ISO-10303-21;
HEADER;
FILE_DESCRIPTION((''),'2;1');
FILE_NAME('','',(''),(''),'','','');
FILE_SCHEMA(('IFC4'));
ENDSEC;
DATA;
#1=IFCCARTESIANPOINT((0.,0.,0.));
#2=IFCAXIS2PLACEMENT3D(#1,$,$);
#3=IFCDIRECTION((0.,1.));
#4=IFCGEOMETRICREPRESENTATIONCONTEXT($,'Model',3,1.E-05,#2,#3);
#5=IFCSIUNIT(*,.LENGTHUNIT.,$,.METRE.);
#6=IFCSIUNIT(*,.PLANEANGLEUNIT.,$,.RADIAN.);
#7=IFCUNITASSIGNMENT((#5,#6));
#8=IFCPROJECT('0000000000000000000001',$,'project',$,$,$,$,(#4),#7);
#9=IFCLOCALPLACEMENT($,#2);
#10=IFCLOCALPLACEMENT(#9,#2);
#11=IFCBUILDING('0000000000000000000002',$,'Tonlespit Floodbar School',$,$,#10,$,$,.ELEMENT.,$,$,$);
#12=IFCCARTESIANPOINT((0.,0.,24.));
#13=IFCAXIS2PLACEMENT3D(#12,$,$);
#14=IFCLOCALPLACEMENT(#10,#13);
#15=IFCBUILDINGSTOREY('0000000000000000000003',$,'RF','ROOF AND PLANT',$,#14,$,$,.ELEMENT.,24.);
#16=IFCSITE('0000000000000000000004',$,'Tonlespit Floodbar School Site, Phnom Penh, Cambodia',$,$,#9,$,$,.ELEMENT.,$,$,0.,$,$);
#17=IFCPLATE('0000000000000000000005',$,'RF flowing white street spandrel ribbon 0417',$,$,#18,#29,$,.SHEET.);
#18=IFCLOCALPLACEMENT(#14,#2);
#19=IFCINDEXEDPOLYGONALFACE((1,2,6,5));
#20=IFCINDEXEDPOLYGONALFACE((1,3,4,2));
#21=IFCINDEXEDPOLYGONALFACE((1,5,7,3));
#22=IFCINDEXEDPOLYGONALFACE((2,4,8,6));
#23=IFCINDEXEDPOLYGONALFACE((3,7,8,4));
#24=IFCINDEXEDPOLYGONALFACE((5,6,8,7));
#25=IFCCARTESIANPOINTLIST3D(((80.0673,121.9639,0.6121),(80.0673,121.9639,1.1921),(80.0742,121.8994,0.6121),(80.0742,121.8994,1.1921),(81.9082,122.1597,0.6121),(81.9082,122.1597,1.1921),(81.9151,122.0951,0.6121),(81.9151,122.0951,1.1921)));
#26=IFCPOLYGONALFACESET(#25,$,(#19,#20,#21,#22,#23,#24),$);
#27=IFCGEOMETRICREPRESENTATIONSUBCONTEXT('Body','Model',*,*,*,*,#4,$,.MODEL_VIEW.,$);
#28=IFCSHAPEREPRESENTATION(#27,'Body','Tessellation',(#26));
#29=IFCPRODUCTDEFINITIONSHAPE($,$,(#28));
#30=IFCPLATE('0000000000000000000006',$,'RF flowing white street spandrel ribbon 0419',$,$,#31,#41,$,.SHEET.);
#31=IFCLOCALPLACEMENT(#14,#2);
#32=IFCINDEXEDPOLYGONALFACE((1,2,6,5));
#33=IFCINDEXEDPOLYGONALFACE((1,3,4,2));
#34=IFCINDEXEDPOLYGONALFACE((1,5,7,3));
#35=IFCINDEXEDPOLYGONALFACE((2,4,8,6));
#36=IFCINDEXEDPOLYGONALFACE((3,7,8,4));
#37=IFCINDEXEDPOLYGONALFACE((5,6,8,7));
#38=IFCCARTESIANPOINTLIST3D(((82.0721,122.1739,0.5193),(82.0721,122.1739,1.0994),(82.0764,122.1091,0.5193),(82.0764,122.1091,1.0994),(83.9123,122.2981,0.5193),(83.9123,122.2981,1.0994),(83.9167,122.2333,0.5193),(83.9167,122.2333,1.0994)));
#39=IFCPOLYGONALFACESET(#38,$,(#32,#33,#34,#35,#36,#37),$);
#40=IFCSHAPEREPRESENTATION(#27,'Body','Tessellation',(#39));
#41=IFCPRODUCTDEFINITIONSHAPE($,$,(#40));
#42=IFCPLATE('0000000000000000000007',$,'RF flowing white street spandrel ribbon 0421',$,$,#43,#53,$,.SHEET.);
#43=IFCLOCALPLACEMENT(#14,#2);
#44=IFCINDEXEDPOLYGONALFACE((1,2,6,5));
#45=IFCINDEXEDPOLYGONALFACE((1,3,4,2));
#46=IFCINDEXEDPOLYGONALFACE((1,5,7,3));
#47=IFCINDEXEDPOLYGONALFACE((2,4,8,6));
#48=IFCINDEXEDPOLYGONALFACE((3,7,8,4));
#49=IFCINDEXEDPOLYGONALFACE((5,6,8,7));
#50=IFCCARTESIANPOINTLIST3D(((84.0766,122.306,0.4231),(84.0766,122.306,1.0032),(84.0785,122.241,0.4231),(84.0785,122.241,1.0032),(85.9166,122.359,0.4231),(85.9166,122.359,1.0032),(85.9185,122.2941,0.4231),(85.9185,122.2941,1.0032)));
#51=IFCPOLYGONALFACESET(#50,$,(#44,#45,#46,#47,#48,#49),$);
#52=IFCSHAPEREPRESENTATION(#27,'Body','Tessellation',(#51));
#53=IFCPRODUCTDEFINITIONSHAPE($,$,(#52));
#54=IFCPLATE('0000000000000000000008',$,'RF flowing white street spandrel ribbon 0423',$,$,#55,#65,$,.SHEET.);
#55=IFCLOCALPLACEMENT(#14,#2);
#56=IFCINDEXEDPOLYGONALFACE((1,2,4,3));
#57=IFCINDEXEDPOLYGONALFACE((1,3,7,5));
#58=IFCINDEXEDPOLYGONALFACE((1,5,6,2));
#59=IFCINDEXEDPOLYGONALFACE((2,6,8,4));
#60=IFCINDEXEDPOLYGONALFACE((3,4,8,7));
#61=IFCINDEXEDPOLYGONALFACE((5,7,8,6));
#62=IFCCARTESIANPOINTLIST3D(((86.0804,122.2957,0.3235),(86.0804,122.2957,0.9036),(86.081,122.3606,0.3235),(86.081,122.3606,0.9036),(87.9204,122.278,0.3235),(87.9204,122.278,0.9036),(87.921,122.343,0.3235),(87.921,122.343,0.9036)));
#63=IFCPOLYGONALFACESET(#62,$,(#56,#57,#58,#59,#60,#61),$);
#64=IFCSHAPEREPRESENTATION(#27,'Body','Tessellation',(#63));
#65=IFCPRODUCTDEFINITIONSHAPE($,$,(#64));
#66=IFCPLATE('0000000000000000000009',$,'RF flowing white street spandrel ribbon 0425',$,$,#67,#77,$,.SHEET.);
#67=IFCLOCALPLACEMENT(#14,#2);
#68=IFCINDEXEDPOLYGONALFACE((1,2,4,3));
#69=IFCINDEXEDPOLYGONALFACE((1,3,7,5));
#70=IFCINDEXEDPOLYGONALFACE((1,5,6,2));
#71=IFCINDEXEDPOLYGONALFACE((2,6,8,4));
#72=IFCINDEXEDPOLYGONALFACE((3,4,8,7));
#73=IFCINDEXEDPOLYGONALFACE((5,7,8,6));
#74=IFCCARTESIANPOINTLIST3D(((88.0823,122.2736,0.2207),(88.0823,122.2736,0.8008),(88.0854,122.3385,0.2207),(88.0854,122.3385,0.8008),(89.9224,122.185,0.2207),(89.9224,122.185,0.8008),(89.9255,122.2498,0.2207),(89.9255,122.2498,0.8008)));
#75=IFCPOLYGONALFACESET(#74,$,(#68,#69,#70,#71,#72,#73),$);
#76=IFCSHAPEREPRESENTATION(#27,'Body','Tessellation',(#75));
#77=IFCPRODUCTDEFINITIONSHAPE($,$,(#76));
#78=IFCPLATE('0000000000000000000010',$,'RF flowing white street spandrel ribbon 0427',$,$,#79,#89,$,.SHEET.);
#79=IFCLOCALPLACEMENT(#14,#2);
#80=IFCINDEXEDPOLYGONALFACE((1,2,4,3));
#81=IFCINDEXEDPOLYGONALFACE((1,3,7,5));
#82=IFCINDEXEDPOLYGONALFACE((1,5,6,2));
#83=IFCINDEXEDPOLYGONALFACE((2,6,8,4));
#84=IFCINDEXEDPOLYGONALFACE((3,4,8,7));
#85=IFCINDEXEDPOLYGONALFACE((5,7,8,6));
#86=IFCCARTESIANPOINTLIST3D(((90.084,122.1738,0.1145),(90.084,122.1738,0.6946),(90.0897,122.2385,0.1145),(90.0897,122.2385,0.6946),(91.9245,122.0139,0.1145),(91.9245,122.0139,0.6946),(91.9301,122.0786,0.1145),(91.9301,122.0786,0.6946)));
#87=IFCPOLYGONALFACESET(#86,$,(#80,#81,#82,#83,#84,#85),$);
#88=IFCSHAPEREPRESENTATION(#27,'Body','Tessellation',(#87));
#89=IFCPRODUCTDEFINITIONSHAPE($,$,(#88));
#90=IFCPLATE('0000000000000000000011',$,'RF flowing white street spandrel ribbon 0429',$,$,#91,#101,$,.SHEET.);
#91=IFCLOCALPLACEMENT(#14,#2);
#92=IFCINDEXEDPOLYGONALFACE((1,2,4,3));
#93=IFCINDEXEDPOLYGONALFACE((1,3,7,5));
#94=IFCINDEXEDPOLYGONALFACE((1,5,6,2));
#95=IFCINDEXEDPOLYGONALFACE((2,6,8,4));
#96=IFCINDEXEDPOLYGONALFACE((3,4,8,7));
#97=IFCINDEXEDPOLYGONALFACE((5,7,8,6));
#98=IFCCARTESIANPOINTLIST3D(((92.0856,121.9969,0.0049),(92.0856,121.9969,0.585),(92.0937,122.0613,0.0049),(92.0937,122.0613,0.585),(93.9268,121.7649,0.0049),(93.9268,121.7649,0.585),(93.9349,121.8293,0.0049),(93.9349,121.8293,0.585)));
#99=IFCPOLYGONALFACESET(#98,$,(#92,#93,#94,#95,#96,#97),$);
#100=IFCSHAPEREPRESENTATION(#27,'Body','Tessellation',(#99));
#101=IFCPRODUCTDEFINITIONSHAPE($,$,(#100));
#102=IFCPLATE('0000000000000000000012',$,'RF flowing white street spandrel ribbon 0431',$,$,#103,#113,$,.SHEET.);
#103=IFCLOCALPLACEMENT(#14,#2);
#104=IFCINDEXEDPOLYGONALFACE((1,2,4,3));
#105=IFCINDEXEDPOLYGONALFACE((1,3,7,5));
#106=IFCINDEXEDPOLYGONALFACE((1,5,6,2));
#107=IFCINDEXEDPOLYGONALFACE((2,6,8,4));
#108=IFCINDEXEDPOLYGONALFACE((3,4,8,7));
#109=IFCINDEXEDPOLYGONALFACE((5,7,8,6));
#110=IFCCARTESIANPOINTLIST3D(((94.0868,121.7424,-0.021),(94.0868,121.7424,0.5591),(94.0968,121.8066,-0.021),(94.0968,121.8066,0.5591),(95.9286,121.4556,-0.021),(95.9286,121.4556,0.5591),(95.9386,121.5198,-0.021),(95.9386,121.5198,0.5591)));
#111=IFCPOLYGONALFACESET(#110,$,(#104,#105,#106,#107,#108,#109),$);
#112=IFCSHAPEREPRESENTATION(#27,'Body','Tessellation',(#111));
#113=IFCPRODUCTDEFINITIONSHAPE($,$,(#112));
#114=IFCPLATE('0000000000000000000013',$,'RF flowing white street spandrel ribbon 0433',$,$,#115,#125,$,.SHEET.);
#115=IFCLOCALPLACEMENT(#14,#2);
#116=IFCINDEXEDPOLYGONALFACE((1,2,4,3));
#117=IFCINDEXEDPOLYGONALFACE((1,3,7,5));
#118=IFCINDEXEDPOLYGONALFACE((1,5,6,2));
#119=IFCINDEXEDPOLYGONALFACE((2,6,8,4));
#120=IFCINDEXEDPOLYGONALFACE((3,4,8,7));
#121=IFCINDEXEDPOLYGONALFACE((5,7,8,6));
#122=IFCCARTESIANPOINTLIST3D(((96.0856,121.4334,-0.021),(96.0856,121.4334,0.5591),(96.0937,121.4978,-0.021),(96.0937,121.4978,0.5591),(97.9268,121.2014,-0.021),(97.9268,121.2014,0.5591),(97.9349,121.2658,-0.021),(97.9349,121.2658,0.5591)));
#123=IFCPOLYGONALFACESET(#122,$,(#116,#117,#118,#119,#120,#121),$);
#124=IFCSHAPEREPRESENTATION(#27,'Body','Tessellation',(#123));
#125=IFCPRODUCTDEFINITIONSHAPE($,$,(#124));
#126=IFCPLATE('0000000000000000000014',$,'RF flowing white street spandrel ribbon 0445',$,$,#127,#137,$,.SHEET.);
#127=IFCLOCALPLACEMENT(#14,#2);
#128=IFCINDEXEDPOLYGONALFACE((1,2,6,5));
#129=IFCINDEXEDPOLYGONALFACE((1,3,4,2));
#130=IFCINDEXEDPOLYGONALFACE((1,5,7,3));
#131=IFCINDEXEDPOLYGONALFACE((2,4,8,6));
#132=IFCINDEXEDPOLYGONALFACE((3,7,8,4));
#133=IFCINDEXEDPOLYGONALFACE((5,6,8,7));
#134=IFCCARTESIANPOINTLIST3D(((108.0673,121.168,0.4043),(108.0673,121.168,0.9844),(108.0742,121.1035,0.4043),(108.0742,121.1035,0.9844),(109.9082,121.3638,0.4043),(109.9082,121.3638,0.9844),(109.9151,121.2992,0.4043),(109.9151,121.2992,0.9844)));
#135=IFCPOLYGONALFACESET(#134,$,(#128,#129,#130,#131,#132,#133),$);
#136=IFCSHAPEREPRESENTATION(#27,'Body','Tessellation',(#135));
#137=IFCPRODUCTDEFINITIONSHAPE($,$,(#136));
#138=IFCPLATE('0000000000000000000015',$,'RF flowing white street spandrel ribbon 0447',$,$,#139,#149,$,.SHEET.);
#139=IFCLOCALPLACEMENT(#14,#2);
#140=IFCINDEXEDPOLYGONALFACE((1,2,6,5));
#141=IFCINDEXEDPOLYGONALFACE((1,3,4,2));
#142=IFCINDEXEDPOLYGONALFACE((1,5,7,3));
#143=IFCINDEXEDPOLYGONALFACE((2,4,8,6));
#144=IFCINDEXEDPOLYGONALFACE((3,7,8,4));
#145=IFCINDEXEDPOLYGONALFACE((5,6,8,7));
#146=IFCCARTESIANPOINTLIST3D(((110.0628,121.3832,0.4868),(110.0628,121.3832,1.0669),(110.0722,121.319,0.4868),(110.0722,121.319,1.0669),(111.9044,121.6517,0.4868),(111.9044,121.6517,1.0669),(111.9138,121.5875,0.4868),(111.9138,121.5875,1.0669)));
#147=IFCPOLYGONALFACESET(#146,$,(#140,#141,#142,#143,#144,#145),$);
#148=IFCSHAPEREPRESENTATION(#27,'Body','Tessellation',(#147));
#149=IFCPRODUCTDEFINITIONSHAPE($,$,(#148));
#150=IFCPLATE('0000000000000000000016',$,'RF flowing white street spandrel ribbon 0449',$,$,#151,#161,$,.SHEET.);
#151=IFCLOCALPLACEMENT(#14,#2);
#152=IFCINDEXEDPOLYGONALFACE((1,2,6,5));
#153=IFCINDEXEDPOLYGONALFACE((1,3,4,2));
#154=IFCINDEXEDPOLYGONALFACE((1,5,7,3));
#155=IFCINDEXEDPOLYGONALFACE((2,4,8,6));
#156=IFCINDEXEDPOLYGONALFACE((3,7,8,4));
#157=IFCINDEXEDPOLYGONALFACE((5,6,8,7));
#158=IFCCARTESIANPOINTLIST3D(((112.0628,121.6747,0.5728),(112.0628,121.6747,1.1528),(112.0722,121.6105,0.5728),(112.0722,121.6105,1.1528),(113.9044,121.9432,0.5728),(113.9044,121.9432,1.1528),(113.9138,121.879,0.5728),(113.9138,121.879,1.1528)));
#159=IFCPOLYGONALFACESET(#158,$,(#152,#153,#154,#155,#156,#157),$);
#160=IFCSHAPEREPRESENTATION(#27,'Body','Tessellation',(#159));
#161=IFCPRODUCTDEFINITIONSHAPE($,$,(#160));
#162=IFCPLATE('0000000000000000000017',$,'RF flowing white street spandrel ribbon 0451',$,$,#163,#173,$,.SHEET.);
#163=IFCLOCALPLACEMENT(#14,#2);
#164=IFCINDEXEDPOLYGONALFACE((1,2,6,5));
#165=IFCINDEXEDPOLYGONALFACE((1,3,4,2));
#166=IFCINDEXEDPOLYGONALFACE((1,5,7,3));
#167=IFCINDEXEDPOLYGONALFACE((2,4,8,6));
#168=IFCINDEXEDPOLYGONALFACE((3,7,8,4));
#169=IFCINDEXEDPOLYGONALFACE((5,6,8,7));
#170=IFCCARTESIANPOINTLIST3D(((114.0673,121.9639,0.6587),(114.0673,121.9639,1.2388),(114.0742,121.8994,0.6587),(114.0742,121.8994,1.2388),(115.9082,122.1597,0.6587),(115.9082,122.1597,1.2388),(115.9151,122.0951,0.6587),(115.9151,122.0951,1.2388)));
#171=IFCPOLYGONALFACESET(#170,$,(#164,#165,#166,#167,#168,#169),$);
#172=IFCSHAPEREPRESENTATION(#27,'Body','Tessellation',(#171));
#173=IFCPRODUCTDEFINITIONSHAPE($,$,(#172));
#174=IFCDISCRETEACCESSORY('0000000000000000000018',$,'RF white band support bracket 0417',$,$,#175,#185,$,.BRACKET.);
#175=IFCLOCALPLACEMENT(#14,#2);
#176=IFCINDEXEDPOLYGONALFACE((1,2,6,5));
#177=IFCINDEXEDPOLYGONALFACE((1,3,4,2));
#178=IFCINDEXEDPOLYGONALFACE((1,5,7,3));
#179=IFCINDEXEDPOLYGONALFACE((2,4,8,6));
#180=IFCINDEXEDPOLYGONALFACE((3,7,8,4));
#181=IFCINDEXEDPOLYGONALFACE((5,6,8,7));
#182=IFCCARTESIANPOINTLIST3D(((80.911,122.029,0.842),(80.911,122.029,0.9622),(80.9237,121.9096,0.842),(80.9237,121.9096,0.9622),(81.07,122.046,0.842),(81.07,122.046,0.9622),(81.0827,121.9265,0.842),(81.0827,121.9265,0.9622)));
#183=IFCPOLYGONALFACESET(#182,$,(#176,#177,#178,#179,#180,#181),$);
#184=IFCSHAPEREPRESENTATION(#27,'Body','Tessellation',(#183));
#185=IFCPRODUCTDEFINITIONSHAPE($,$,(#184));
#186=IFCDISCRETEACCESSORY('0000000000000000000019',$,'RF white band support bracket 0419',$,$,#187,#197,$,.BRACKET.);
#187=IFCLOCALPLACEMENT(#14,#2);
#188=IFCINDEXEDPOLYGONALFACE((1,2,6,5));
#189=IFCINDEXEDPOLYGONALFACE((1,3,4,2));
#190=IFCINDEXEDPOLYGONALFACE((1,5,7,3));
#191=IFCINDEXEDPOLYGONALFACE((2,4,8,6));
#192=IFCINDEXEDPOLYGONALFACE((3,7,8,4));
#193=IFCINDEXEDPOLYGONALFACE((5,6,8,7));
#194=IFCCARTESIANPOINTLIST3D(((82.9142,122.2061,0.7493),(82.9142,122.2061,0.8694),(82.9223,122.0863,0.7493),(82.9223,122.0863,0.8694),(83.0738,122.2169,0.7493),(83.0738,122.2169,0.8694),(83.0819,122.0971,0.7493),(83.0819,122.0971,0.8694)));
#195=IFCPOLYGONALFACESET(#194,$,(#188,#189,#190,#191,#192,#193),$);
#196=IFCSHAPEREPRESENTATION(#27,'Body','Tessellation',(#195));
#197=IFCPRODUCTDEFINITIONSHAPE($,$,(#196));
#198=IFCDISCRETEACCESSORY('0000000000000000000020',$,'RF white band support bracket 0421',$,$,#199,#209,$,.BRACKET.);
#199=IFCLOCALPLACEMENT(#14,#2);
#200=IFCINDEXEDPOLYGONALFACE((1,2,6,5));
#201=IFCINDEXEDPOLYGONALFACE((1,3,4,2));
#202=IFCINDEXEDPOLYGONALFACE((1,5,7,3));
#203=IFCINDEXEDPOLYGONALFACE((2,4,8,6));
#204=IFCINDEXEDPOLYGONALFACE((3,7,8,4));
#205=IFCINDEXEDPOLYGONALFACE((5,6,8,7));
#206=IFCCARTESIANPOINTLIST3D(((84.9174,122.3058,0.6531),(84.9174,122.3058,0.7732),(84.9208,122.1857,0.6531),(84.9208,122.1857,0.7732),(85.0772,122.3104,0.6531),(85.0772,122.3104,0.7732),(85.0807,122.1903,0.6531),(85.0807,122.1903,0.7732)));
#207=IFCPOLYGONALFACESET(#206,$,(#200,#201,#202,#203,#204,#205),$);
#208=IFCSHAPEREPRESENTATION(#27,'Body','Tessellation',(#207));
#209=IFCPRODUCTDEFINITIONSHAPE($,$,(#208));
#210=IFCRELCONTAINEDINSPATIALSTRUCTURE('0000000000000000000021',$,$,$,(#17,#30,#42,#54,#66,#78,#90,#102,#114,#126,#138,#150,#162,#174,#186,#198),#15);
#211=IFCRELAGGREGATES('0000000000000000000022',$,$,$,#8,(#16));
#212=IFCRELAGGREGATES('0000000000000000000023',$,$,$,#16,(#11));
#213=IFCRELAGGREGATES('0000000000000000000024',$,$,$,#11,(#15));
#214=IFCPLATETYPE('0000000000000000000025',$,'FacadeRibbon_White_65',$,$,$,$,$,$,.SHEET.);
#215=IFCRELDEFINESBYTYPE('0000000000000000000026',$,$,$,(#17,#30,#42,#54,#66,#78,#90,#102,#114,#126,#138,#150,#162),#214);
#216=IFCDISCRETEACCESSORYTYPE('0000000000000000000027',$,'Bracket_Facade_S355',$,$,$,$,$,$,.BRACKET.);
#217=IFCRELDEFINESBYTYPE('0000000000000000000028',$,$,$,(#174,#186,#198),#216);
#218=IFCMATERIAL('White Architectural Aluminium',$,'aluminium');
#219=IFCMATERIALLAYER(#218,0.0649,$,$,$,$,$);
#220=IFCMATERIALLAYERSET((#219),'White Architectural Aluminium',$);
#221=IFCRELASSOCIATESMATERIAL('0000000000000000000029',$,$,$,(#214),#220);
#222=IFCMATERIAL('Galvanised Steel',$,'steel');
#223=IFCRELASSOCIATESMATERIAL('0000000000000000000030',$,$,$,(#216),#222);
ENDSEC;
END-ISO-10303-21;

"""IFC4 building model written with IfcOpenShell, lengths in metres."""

from ifc_helpers import new_model, si_unit, direction, frame, origin, origin_2d, place, context, subcontext, project, spatial, rectangle, extrude, material, layer, layer_set, type_object, element, save


model = new_model("IFC4")

# Units and contexts
model_context = context("Model", 3, precision=1e-05, world=origin(), true_north=direction((0.0, 1.0)))
body_context = subcontext(model_context, "Body", "Model", "MODEL_VIEW")
ifc_project = project(units=[si_unit("LENGTHUNIT", "METRE"), si_unit("PLANEANGLEUNIT", "RADIAN")], contexts=[model_context])

# Site, building, storey
site_placement = place(None, origin())
site = spatial("IfcSite", under=ifc_project, at=site_placement, Name="Tonlespit Floodbar School Site, Phnom Penh, Cambodia", CompositionType="ELEMENT", RefElevation=0.0)
building_placement = place(site_placement, origin())
building = spatial("IfcBuilding", under=site, at=building_placement, Name="Tonlespit Floodbar School", CompositionType="ELEMENT")
storey_placement = place(building_placement, frame((0.0, 0.0, 24.0)))
storey = spatial("IfcBuildingStorey", under=building, at=storey_placement, Name="RF", Description="ROOF AND PLANT", CompositionType="ELEMENT", Elevation=24.0)

# Plates
ifc_material_1 = material(Name="White Architectural Aluminium", Category="aluminium")
ifc_layer = layer(ifc_material_1, 0.0649)
ifc_layer_set = layer_set([ifc_layer], Name="White Architectural Aluminium")
plate_type = type_object("IfcPlateType", Name="FacadeRibbon_White_65", PredefinedType="SHEET", material=ifc_layer_set)
plate_1_placement = place(storey_placement, frame((80.9912, 122.0295, 0.6121), z_axis=(0.0, 0.0, 1.0), x_axis=(0.994392, 0.105754, 0.0)))
element("IfcPlate", 1, at=plate_1_placement, inside=storey, type_object=plate_type, Name="RF flowing white street spandrel ribbon 0417", PredefinedType="SHEET", context=body_context, shape_type="SweptSolid", body=[
    extrude(rectangle(XDim=1.8513, YDim=0.0649, at=origin_2d()), origin(), (0.0, 0.0, 1.0), 0.5801),
])
plate_2_placement = place(storey_placement, frame((82.9944, 122.2036, 0.5193), z_axis=(0.0, 0.0, 1.0), x_axis=(0.99773, 0.067347, 0.0)))
element("IfcPlate", 2, at=plate_2_placement, inside=storey, type_object=plate_type, Name="RF flowing white street spandrel ribbon 0419", PredefinedType="SHEET", context=body_context, shape_type="SweptSolid", body=[
    extrude(rectangle(XDim=1.8445, YDim=0.0649, at=origin_2d()), origin(), (0.0, 0.0, 1.0), 0.5801),
])
plate_3_placement = place(storey_placement, frame((84.9976, 122.3, 0.4231), z_axis=(0.0, 0.0, 1.0), x_axis=(0.999584, 0.028838, 0.0)))
element("IfcPlate", 3, at=plate_3_placement, inside=storey, type_object=plate_type, Name="RF flowing white street spandrel ribbon 0421", PredefinedType="SHEET", context=body_context, shape_type="SweptSolid", body=[
    extrude(rectangle(XDim=1.8408, YDim=0.0649, at=origin_2d()), origin(), (0.0, 0.0, 1.0), 0.5801),
])
plate_4_placement = place(storey_placement, frame((87.0007, 122.3193, 0.3235), z_axis=(0.0, 0.0, 1.0), x_axis=(0.999954, -0.009599, 0.0)))
element("IfcPlate", 4, at=plate_4_placement, inside=storey, type_object=plate_type, Name="RF flowing white street spandrel ribbon 0423", PredefinedType="SHEET", context=body_context, shape_type="SweptSolid", body=[
    extrude(rectangle(XDim=1.8401, YDim=0.0649, at=origin_2d()), origin(), (0.0, 0.0, 1.0), 0.5801),
])
plate_5_placement = place(storey_placement, frame((89.0039, 122.2617, 0.2207), z_axis=(0.0, 0.0, 1.0), x_axis=(0.998843, -0.048095, 0.0)))
element("IfcPlate", 5, at=plate_5_placement, inside=storey, type_object=plate_type, Name="RF flowing white street spandrel ribbon 0425", PredefinedType="SHEET", context=body_context, shape_type="SweptSolid", body=[
    extrude(rectangle(XDim=1.8423, YDim=0.0649, at=origin_2d()), origin(), (0.0, 0.0, 1.0), 0.5801),
])
plate_6_placement = place(storey_placement, frame((91.0071, 122.1262, 0.1145), z_axis=(0.0, 0.0, 1.0), x_axis=(0.996245, -0.086573, 0.0)))
element("IfcPlate", 6, at=plate_6_placement, inside=storey, type_object=plate_type, Name="RF flowing white street spandrel ribbon 0427", PredefinedType="SHEET", context=body_context, shape_type="SweptSolid", body=[
    extrude(rectangle(XDim=1.8474, YDim=0.0649, at=origin_2d()), origin(), (0.0, 0.0, 1.0), 0.5801),
])
plate_7_placement = place(storey_placement, frame((93.0103, 121.9131, 0.0049), z_axis=(0.0, 0.0, 1.0), x_axis=(0.992155, -0.125011, 0.0)))
element("IfcPlate", 7, at=plate_7_placement, inside=storey, type_object=plate_type, Name="RF flowing white street spandrel ribbon 0429", PredefinedType="SHEET", context=body_context, shape_type="SweptSolid", body=[
    extrude(rectangle(XDim=1.8557, YDim=0.0649, at=origin_2d()), origin(), (0.0, 0.0, 1.0), 0.5801),
])
plate_8_placement = place(storey_placement, frame((95.0127, 121.6311, -0.021), z_axis=(0.0, 0.0, 1.0), x_axis=(0.988095, -0.153846, 0.0)))
element("IfcPlate", 8, at=plate_8_placement, inside=storey, type_object=plate_type, Name="RF flowing white street spandrel ribbon 0431", PredefinedType="SHEET", context=body_context, shape_type="SweptSolid", body=[
    extrude(rectangle(XDim=1.864, YDim=0.0649, at=origin_2d()), origin(), (0.0, 0.0, 1.0), 0.5801),
])
plate_9_placement = place(storey_placement, frame((97.0103, 121.3496, -0.021), z_axis=(0.0, 0.0, 1.0), x_axis=(0.992155, -0.125011, 0.0)))
element("IfcPlate", 9, at=plate_9_placement, inside=storey, type_object=plate_type, Name="RF flowing white street spandrel ribbon 0433", PredefinedType="SHEET", context=body_context, shape_type="SweptSolid", body=[
    extrude(rectangle(XDim=1.8557, YDim=0.0649, at=origin_2d()), origin(), (0.0, 0.0, 1.0), 0.5801),
])
plate_10_placement = place(storey_placement, frame((108.9912, 121.2336, 0.4043), z_axis=(0.0, 0.0, 1.0), x_axis=(0.994392, 0.105754, 0.0)))
element("IfcPlate", 10, at=plate_10_placement, inside=storey, type_object=plate_type, Name="RF flowing white street spandrel ribbon 0445", PredefinedType="SHEET", context=body_context, shape_type="SweptSolid", body=[
    extrude(rectangle(XDim=1.8513, YDim=0.0649, at=origin_2d()), origin(), (0.0, 0.0, 1.0), 0.5801),
])
for number, where, z_axis, x_axis, name in (
    (11, (110.9883, 121.4854, 0.4868), (0.0, 0.0, 1.0), (0.989538, 0.144275, 0.0), "RF flowing white street spandrel ribbon 0447"),
    (12, (112.9883, 121.7769, 0.5728), (0.0, 0.0, 1.0), (0.989538, 0.144275, 0.0), "RF flowing white street spandrel ribbon 0449"),
):
    element("IfcPlate", number, at=place(storey_placement, frame(where, z_axis=z_axis, x_axis=x_axis)), inside=storey, type_object=plate_type, Name=name, PredefinedType="SHEET", context=body_context, shape_type="SweptSolid", body=[
        extrude(rectangle(XDim=1.8611, YDim=0.0649, at=origin_2d()), origin(), (0.0, 0.0, 1.0), 0.5801),
    ])
plate_11_placement = place(storey_placement, frame((114.9912, 122.0295, 0.6587), z_axis=(0.0, 0.0, 1.0), x_axis=(0.994392, 0.105754, 0.0)))
element("IfcPlate", 13, at=plate_11_placement, inside=storey, type_object=plate_type, Name="RF flowing white street spandrel ribbon 0451", PredefinedType="SHEET", context=body_context, shape_type="SweptSolid", body=[
    extrude(rectangle(XDim=1.8513, YDim=0.0649, at=origin_2d()), origin(), (0.0, 0.0, 1.0), 0.5801),
])

# Discrete accessories
ifc_material_2 = material(Name="Galvanised Steel", Category="steel")
discrete_accessory_type = type_object("IfcDiscreteAccessoryType", Name="Bracket_Facade_S355", PredefinedType="BRACKET", material=ifc_material_2)
for number, where, z_axis, x_axis, name in (
    (14, (80.9968, 121.9778, 0.842), (0.0, 0.0, 1.0), (0.994392, 0.105754, 0.0), "RF white band support bracket 0417"),
    (15, (82.998, 122.1516, 0.7493), (0.0, 0.0, 1.0), (0.99773, 0.067347, 0.0), "RF white band support bracket 0419"),
    (16, (84.999, 122.248, 0.6531), (0.0, 0.0, 1.0), (0.999584, 0.028838, 0.0), "RF white band support bracket 0421"),
):
    element("IfcDiscreteAccessory", number, at=place(storey_placement, frame(where, z_axis=z_axis, x_axis=x_axis)), inside=storey, type_object=discrete_accessory_type, Name=name, PredefinedType="BRACKET", context=body_context, shape_type="SweptSolid", body=[
        extrude(rectangle(XDim=0.1599, YDim=0.1201, at=origin_2d()), origin(), (0.0, 0.0, 1.0), 0.1201),
    ])

save(model, "model.ifc")
